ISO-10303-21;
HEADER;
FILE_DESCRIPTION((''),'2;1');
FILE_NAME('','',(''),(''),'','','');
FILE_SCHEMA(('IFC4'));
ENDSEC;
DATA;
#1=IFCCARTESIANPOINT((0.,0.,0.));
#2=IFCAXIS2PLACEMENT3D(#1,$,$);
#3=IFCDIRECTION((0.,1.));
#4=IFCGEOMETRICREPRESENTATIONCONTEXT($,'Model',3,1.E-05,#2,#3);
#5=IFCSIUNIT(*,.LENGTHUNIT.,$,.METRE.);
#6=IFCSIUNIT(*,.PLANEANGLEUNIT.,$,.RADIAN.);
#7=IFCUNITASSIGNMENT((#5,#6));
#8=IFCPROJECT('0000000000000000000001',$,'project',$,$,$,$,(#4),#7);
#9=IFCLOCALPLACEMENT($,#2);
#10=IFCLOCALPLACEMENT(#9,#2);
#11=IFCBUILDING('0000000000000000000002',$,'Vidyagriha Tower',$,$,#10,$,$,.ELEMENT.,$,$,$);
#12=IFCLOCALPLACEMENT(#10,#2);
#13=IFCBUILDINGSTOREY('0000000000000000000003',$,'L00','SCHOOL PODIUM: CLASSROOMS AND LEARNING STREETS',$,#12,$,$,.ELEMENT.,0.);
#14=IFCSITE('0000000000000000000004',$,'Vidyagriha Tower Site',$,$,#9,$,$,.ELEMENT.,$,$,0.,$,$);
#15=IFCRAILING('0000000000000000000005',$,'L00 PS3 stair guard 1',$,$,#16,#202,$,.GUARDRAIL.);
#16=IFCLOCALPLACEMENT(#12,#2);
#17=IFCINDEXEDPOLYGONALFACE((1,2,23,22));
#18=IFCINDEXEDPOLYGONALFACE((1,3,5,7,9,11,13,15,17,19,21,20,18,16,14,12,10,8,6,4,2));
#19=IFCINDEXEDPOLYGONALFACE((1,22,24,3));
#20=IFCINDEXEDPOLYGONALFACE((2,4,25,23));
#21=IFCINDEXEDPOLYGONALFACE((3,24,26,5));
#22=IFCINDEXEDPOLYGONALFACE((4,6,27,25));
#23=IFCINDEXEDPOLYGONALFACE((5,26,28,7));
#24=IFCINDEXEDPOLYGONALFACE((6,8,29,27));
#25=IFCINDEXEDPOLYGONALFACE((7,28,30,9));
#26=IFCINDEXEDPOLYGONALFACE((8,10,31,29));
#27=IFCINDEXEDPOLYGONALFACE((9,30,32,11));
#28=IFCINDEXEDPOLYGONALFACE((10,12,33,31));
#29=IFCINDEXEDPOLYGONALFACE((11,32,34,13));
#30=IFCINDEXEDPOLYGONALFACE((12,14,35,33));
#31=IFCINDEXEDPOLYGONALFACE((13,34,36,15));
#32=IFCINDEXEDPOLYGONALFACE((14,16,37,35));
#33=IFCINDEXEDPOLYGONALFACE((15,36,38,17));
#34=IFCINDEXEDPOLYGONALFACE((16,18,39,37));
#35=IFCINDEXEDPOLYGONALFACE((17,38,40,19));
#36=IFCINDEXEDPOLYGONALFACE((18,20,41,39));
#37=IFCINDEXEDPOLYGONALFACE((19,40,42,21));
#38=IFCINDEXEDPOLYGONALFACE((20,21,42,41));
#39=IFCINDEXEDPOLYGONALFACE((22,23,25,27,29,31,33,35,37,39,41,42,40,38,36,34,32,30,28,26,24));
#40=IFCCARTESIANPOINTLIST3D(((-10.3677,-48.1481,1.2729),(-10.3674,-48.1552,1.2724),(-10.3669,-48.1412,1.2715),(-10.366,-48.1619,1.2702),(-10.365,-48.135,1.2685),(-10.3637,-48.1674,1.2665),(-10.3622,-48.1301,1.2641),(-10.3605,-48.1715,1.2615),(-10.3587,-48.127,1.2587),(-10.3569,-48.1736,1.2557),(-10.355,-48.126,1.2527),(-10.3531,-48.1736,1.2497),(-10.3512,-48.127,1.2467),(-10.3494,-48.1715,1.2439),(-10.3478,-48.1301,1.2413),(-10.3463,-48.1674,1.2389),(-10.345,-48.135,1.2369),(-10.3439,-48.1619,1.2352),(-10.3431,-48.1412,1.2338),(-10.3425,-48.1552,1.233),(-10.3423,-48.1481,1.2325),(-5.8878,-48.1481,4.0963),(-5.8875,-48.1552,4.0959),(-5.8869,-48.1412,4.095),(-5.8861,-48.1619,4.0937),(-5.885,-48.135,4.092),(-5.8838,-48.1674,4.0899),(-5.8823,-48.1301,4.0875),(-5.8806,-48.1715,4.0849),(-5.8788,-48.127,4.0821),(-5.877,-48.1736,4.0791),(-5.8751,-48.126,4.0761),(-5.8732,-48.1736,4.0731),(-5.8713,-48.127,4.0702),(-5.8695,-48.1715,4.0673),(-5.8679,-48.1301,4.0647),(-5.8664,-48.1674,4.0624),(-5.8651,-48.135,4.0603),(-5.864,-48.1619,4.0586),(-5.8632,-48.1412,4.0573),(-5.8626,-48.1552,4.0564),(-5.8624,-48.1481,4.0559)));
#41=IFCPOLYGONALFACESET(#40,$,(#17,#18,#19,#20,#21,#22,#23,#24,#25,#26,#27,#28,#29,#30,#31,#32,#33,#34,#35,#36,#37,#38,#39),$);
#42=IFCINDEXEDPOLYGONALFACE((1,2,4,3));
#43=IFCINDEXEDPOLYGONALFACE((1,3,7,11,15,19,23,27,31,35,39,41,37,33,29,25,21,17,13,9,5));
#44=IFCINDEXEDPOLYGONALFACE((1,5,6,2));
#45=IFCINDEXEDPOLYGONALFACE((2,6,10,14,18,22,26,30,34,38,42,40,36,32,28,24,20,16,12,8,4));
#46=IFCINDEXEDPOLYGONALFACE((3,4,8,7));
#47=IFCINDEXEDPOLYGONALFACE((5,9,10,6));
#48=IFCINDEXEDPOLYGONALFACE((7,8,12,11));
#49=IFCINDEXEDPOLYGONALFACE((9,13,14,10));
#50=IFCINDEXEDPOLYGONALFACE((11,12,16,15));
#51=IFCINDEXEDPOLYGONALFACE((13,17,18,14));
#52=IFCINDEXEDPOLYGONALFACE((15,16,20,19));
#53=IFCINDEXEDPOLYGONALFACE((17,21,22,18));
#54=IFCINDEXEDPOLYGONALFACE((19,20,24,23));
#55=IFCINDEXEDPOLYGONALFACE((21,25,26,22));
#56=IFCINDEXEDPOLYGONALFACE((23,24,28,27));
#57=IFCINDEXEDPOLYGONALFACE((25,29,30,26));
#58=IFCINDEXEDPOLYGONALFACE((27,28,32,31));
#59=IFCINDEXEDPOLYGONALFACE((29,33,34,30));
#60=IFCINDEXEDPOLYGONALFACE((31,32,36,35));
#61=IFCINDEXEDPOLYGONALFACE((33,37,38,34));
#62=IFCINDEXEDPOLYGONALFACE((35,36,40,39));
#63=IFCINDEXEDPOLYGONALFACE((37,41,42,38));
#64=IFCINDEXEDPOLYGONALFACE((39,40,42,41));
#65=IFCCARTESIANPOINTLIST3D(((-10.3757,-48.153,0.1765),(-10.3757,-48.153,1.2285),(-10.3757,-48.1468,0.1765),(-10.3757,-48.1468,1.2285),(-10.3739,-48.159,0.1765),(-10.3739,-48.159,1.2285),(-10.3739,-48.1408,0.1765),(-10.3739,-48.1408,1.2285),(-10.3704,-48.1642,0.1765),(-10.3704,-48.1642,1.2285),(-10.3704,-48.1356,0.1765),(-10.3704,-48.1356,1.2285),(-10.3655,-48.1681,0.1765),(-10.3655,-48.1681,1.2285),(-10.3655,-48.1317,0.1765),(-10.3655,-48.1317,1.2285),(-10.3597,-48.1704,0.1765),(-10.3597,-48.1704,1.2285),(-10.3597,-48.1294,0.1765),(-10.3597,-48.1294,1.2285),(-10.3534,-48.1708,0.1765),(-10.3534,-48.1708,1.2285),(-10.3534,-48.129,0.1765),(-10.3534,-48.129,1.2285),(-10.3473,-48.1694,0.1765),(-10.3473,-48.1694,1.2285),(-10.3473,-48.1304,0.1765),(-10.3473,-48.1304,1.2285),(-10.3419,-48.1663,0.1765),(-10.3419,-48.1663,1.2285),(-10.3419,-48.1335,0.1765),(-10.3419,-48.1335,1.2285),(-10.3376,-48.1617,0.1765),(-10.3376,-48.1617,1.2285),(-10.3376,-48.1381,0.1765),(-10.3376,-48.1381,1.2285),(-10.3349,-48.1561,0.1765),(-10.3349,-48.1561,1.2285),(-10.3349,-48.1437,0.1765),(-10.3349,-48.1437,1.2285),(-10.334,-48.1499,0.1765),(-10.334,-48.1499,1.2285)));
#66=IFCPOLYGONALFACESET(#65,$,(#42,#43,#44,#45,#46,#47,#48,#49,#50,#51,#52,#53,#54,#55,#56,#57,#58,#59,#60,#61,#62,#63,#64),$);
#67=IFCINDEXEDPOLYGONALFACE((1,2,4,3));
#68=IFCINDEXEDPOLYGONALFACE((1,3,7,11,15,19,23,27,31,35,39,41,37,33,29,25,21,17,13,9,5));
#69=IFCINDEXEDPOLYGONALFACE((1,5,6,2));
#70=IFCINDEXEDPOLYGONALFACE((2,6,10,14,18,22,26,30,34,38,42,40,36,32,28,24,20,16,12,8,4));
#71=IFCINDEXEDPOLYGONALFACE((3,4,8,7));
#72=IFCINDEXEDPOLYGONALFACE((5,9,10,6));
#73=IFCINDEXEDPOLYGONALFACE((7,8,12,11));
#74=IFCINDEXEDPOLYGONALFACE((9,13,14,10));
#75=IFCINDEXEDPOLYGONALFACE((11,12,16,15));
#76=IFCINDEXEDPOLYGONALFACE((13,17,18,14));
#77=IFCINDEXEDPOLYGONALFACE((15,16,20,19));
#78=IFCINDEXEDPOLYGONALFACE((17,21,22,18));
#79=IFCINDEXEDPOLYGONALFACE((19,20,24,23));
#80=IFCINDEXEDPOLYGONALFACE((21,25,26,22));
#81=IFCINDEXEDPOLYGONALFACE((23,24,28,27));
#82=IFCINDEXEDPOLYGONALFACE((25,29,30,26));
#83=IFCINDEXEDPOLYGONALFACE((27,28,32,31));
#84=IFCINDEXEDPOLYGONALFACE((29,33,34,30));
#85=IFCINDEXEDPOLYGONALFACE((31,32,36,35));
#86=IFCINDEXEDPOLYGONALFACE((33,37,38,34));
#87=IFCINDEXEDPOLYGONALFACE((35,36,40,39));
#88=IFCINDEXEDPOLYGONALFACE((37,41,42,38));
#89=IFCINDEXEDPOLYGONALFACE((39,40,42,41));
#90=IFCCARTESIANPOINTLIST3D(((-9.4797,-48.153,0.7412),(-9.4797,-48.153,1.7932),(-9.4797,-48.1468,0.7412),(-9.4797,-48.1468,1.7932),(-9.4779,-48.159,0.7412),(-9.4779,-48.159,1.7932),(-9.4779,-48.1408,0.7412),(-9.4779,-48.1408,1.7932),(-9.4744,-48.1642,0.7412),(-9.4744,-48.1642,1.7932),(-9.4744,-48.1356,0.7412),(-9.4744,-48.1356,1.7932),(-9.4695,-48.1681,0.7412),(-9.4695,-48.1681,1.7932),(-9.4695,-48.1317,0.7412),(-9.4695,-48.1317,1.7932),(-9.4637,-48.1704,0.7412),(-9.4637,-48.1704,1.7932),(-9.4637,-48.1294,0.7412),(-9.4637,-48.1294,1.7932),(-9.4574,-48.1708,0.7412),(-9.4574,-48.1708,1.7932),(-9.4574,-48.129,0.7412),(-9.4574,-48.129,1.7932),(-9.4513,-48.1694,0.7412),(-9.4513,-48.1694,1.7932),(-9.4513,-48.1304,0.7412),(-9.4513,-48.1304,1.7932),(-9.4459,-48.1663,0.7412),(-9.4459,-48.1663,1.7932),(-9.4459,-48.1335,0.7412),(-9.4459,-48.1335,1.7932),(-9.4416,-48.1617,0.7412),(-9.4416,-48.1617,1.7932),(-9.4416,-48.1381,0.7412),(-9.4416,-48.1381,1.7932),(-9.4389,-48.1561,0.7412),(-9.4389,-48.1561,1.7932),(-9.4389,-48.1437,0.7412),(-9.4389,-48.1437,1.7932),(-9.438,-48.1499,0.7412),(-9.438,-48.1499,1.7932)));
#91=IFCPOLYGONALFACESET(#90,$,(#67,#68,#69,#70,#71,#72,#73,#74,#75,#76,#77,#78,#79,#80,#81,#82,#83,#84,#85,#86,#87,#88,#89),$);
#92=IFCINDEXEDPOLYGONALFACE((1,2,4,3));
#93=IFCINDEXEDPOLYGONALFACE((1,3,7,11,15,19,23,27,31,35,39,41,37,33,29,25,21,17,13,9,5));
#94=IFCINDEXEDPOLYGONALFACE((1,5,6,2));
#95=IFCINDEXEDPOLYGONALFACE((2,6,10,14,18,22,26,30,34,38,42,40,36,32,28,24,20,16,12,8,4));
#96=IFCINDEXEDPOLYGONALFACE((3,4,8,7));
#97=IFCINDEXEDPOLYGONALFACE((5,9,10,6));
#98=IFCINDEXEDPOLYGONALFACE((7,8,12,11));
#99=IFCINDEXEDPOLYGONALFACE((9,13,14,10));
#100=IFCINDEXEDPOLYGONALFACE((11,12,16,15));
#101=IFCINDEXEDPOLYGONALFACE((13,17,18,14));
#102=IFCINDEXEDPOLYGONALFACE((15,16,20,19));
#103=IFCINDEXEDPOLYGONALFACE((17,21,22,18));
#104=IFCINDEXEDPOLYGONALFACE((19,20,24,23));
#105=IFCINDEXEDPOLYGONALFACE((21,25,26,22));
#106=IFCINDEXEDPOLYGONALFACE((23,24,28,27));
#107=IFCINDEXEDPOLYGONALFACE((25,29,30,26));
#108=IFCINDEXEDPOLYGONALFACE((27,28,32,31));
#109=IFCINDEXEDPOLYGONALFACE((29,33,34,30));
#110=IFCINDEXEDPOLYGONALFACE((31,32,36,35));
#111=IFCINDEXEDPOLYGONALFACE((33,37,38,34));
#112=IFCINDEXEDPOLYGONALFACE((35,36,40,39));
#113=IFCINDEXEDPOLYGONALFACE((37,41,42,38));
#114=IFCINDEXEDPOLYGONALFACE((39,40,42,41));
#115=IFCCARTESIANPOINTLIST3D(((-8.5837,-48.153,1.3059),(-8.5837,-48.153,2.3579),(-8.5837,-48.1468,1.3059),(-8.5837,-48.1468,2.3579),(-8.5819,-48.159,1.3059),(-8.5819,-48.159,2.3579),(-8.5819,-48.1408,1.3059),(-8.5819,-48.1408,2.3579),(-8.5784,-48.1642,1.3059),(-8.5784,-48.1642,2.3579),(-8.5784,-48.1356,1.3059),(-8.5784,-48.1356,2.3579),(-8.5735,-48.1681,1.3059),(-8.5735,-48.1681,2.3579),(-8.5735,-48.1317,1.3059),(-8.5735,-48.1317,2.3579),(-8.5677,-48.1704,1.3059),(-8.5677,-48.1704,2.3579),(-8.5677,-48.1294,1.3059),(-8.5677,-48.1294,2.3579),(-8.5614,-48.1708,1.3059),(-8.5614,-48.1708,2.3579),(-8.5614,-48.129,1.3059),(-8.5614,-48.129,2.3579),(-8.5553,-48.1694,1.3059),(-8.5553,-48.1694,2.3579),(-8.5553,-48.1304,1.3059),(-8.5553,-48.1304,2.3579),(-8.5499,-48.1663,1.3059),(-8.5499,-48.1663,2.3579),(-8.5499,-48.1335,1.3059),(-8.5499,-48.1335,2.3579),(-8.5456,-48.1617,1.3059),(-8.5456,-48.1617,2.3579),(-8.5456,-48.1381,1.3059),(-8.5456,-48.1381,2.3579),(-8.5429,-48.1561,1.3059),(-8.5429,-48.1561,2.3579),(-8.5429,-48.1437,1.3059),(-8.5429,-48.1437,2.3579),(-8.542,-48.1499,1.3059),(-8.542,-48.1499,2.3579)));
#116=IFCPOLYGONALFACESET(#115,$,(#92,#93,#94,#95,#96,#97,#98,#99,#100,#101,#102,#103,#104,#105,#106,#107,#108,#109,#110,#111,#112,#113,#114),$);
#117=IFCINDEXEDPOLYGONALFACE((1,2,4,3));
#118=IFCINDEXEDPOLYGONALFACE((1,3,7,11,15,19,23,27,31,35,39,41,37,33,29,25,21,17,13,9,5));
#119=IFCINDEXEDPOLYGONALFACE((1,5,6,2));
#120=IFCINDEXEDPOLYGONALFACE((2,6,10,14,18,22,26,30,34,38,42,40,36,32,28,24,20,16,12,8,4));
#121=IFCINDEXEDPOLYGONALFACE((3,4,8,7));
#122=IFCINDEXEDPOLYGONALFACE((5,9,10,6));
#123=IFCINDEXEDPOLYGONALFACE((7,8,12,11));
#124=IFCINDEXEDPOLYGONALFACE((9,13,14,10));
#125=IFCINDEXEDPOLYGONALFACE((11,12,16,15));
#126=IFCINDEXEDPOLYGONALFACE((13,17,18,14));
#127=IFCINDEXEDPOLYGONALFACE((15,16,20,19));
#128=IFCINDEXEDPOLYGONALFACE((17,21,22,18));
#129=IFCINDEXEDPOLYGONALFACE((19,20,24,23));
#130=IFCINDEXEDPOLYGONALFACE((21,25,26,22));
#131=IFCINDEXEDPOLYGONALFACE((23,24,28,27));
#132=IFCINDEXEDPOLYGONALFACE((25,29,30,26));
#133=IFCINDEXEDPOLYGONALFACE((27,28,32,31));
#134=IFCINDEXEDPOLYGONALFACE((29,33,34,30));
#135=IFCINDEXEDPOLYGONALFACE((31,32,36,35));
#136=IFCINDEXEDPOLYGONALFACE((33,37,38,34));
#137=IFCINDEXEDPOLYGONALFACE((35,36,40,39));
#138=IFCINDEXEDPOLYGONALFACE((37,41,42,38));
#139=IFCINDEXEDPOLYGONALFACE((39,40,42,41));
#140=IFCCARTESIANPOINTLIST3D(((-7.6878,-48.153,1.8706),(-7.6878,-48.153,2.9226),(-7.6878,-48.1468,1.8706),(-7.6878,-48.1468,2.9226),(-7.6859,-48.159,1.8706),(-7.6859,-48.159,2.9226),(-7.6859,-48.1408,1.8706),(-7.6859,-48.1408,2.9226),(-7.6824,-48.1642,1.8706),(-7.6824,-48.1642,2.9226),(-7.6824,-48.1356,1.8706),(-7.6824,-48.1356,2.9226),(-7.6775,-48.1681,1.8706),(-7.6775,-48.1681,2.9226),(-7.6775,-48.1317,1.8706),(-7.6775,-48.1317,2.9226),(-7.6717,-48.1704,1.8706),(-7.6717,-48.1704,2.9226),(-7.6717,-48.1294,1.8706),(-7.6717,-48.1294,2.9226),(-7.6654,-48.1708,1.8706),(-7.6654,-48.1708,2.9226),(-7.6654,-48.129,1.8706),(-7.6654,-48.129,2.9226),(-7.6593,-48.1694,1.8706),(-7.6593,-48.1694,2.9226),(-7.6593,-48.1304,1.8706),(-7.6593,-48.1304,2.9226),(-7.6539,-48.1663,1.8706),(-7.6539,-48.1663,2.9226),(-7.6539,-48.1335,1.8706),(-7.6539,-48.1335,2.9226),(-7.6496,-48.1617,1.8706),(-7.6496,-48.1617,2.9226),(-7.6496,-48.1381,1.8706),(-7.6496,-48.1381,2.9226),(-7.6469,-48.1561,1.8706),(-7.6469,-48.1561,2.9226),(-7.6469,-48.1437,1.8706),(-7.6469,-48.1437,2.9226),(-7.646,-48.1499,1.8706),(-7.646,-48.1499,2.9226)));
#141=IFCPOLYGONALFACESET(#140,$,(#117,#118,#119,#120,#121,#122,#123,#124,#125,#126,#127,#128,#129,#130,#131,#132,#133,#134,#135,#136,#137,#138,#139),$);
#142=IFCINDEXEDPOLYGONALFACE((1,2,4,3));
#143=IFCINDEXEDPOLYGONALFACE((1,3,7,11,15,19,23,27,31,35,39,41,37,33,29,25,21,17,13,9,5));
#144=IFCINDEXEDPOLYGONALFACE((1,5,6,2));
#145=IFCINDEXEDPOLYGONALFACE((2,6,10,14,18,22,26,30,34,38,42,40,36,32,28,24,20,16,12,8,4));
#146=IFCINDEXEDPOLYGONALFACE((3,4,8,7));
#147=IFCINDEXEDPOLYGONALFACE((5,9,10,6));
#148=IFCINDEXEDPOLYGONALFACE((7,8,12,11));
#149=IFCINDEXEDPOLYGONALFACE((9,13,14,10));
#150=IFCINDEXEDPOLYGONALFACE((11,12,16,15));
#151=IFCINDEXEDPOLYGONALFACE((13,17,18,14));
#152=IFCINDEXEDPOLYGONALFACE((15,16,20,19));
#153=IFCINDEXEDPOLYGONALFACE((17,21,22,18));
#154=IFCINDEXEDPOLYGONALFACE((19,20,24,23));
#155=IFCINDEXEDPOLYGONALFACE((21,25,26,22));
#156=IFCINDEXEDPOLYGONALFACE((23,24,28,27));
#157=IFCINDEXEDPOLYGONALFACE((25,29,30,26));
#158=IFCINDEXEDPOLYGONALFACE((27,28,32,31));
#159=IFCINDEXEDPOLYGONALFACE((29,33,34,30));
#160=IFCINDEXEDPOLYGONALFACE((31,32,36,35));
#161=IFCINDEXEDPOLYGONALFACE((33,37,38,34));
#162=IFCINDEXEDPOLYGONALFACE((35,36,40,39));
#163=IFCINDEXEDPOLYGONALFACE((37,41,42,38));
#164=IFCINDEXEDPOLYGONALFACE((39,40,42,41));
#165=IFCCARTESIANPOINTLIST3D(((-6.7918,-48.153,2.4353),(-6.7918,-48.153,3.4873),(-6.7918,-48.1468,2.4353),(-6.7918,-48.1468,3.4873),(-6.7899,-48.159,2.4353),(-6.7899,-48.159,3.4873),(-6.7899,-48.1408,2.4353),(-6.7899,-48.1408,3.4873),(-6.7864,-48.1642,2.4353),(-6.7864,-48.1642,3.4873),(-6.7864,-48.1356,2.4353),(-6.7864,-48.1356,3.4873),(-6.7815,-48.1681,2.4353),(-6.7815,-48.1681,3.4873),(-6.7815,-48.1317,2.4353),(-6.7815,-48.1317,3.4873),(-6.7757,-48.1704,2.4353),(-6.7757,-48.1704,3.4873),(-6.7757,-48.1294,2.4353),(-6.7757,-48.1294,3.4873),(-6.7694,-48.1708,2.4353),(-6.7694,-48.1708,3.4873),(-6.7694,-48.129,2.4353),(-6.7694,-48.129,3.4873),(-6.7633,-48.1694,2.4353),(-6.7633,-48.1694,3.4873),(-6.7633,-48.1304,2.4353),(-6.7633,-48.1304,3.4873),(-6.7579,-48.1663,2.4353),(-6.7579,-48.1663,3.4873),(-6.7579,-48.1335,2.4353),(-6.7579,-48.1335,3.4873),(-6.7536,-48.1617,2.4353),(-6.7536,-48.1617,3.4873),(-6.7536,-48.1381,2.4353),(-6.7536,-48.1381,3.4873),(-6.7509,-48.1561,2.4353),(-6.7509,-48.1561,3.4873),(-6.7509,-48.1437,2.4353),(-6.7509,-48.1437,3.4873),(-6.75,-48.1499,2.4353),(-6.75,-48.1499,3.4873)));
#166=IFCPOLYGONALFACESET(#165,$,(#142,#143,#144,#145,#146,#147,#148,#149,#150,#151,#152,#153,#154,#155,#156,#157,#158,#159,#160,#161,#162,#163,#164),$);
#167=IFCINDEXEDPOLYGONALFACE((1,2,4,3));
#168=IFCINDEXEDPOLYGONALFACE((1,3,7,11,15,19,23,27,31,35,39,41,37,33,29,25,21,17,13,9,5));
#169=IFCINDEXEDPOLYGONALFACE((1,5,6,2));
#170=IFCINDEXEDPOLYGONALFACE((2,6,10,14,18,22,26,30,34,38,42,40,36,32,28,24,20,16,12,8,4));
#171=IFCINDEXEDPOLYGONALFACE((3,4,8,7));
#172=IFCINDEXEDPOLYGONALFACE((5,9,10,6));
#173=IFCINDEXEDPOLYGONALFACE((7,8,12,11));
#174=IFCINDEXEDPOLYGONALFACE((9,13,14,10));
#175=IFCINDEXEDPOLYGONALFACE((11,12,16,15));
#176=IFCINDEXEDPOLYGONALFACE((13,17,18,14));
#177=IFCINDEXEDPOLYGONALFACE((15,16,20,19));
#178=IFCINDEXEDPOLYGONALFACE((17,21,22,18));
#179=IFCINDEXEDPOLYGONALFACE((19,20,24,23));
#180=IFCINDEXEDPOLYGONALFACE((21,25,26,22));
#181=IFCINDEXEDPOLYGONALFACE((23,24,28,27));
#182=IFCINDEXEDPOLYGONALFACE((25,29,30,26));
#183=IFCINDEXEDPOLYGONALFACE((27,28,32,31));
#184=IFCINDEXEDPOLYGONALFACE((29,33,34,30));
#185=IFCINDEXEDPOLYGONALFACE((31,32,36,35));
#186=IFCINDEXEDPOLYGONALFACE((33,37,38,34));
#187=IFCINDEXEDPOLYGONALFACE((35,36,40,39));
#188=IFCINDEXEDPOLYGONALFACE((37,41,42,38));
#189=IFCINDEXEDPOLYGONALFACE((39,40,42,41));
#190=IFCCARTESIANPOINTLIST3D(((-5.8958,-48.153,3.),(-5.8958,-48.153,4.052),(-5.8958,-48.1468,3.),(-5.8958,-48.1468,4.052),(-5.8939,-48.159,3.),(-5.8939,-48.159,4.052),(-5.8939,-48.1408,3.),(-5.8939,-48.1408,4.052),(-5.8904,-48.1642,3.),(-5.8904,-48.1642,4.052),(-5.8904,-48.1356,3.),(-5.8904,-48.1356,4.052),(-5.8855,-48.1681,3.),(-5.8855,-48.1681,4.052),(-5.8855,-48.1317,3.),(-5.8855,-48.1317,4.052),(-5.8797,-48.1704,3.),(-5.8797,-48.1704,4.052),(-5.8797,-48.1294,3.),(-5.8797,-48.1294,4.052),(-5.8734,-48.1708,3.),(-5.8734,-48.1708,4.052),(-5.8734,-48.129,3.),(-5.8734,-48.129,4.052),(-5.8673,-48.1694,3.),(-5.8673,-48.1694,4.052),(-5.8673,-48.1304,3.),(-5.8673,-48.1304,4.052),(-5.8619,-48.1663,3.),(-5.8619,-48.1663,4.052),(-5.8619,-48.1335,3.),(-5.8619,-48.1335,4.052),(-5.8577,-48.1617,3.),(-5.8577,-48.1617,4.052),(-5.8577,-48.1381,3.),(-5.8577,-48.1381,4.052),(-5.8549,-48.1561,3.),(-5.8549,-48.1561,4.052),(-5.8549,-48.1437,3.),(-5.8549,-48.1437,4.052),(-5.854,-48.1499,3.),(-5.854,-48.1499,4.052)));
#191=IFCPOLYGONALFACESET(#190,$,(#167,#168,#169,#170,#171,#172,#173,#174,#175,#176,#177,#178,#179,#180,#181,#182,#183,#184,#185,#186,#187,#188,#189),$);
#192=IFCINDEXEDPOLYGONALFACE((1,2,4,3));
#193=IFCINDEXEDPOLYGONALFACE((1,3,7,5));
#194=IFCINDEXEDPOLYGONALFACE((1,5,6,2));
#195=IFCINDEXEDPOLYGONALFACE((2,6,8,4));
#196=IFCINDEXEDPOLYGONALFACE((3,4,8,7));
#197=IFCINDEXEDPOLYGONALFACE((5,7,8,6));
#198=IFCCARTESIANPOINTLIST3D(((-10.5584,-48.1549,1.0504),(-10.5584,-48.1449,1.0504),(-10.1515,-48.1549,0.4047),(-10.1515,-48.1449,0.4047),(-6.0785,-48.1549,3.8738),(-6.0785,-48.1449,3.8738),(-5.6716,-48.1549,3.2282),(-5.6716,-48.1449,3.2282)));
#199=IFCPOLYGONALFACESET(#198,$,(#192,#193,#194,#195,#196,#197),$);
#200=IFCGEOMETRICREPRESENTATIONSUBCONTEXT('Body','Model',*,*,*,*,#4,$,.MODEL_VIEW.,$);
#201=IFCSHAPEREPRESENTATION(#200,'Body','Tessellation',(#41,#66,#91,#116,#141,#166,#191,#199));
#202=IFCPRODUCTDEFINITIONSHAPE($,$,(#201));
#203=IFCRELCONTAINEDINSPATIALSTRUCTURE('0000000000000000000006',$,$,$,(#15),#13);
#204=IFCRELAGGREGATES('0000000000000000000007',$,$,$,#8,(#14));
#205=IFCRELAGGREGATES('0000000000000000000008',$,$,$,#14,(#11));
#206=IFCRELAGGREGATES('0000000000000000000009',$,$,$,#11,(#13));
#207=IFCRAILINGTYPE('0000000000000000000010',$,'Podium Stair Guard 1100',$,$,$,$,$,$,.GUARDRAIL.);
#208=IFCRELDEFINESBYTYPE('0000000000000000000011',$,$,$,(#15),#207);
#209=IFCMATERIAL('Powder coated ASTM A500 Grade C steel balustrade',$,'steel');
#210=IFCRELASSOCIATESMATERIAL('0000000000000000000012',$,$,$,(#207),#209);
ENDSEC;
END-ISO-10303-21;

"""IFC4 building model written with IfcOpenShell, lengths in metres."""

from ifc_helpers import new_model, si_unit, direction, frame, origin, origin_2d, place, context, subcontext, project, spatial, rectangle, circle, extrude, material, type_object, element, save


model = new_model("IFC4")

# Units and contexts
model_context = context("Model", 3, precision=1e-05, world=origin(), true_north=direction((0.0, 1.0)))
body_context = subcontext(model_context, "Body", "Model", "MODEL_VIEW")
ifc_project = project(units=[si_unit("LENGTHUNIT", "METRE"), si_unit("PLANEANGLEUNIT", "RADIAN")], contexts=[model_context])

# Site, building, storey
site_placement = place(None, origin())
site = spatial("IfcSite", under=ifc_project, at=site_placement, Name="Vidyagriha Tower Site", CompositionType="ELEMENT", RefElevation=0.0)
building_placement = place(site_placement, origin())
building = spatial("IfcBuilding", under=site, at=building_placement, Name="Vidyagriha Tower", CompositionType="ELEMENT")
storey_placement = place(building_placement, origin())
storey = spatial("IfcBuildingStorey", under=building, at=storey_placement, Name="L00", Description="SCHOOL PODIUM: CLASSROOMS AND LEARNING STREETS", CompositionType="ELEMENT", Elevation=0.0)

# Railing
ifc_material_1 = material(Name="Powder coated ASTM A500 Grade C steel balustrade", Category="steel")
railing_type_1 = type_object("IfcRailingType", Name="Podium Stair Guard 1100", PredefinedType="GUARDRAIL", material=ifc_material_1)
railing_1_placement = place(storey_placement, frame((-10.355, -48.1499, 0.1765)))
element("IfcRailing", 1, at=railing_1_placement, inside=storey, type_object=railing_type_1, Name="L00 PS3 stair guard 1", PredefinedType="GUARDRAIL", context=body_context, shape_type="SweptSolid", body=[
    extrude(circle(Radius=0.0239, at=origin_2d()), frame((0.0, 0.0, 1.0762), z_axis=(0.845998, 0.0, 0.533186), x_axis=(0.0, 1.0, 0.0)), (0.0, 0.0, 1.0), 5.2954),
    extrude(circle(Radius=0.021, at=origin_2d()), origin(), (0.0, 0.0, 1.0), 1.052),
    extrude(circle(Radius=0.021, at=origin_2d()), frame((0.896, 0.0, 0.5647)), (0.0, 0.0, 1.0), 1.052),
    extrude(circle(Radius=0.021, at=origin_2d()), frame((1.792, 0.0, 1.1294)), (0.0, 0.0, 1.0), 1.052),
    extrude(circle(Radius=0.021, at=origin_2d()), frame((2.688, 0.0, 1.6941)), (0.0, 0.0, 1.0), 1.052),
    extrude(circle(Radius=0.021, at=origin_2d()), frame((3.584, 0.0, 2.2588)), (0.0, 0.0, 1.0), 1.052),
    extrude(circle(Radius=0.021, at=origin_2d()), frame((4.48, 0.0, 2.8235)), (0.0, 0.0, 1.0), 1.052),
    extrude(rectangle(XDim=0.01, YDim=0.7632, at=origin_2d()), frame((0.0, 0.0, 0.551), z_axis=(0.845998, 0.0, 0.533186), x_axis=(0.0, 1.0, 0.0)), (0.0, 0.0, 1.0), 5.2954),
])

save(model, "model.ifc")
